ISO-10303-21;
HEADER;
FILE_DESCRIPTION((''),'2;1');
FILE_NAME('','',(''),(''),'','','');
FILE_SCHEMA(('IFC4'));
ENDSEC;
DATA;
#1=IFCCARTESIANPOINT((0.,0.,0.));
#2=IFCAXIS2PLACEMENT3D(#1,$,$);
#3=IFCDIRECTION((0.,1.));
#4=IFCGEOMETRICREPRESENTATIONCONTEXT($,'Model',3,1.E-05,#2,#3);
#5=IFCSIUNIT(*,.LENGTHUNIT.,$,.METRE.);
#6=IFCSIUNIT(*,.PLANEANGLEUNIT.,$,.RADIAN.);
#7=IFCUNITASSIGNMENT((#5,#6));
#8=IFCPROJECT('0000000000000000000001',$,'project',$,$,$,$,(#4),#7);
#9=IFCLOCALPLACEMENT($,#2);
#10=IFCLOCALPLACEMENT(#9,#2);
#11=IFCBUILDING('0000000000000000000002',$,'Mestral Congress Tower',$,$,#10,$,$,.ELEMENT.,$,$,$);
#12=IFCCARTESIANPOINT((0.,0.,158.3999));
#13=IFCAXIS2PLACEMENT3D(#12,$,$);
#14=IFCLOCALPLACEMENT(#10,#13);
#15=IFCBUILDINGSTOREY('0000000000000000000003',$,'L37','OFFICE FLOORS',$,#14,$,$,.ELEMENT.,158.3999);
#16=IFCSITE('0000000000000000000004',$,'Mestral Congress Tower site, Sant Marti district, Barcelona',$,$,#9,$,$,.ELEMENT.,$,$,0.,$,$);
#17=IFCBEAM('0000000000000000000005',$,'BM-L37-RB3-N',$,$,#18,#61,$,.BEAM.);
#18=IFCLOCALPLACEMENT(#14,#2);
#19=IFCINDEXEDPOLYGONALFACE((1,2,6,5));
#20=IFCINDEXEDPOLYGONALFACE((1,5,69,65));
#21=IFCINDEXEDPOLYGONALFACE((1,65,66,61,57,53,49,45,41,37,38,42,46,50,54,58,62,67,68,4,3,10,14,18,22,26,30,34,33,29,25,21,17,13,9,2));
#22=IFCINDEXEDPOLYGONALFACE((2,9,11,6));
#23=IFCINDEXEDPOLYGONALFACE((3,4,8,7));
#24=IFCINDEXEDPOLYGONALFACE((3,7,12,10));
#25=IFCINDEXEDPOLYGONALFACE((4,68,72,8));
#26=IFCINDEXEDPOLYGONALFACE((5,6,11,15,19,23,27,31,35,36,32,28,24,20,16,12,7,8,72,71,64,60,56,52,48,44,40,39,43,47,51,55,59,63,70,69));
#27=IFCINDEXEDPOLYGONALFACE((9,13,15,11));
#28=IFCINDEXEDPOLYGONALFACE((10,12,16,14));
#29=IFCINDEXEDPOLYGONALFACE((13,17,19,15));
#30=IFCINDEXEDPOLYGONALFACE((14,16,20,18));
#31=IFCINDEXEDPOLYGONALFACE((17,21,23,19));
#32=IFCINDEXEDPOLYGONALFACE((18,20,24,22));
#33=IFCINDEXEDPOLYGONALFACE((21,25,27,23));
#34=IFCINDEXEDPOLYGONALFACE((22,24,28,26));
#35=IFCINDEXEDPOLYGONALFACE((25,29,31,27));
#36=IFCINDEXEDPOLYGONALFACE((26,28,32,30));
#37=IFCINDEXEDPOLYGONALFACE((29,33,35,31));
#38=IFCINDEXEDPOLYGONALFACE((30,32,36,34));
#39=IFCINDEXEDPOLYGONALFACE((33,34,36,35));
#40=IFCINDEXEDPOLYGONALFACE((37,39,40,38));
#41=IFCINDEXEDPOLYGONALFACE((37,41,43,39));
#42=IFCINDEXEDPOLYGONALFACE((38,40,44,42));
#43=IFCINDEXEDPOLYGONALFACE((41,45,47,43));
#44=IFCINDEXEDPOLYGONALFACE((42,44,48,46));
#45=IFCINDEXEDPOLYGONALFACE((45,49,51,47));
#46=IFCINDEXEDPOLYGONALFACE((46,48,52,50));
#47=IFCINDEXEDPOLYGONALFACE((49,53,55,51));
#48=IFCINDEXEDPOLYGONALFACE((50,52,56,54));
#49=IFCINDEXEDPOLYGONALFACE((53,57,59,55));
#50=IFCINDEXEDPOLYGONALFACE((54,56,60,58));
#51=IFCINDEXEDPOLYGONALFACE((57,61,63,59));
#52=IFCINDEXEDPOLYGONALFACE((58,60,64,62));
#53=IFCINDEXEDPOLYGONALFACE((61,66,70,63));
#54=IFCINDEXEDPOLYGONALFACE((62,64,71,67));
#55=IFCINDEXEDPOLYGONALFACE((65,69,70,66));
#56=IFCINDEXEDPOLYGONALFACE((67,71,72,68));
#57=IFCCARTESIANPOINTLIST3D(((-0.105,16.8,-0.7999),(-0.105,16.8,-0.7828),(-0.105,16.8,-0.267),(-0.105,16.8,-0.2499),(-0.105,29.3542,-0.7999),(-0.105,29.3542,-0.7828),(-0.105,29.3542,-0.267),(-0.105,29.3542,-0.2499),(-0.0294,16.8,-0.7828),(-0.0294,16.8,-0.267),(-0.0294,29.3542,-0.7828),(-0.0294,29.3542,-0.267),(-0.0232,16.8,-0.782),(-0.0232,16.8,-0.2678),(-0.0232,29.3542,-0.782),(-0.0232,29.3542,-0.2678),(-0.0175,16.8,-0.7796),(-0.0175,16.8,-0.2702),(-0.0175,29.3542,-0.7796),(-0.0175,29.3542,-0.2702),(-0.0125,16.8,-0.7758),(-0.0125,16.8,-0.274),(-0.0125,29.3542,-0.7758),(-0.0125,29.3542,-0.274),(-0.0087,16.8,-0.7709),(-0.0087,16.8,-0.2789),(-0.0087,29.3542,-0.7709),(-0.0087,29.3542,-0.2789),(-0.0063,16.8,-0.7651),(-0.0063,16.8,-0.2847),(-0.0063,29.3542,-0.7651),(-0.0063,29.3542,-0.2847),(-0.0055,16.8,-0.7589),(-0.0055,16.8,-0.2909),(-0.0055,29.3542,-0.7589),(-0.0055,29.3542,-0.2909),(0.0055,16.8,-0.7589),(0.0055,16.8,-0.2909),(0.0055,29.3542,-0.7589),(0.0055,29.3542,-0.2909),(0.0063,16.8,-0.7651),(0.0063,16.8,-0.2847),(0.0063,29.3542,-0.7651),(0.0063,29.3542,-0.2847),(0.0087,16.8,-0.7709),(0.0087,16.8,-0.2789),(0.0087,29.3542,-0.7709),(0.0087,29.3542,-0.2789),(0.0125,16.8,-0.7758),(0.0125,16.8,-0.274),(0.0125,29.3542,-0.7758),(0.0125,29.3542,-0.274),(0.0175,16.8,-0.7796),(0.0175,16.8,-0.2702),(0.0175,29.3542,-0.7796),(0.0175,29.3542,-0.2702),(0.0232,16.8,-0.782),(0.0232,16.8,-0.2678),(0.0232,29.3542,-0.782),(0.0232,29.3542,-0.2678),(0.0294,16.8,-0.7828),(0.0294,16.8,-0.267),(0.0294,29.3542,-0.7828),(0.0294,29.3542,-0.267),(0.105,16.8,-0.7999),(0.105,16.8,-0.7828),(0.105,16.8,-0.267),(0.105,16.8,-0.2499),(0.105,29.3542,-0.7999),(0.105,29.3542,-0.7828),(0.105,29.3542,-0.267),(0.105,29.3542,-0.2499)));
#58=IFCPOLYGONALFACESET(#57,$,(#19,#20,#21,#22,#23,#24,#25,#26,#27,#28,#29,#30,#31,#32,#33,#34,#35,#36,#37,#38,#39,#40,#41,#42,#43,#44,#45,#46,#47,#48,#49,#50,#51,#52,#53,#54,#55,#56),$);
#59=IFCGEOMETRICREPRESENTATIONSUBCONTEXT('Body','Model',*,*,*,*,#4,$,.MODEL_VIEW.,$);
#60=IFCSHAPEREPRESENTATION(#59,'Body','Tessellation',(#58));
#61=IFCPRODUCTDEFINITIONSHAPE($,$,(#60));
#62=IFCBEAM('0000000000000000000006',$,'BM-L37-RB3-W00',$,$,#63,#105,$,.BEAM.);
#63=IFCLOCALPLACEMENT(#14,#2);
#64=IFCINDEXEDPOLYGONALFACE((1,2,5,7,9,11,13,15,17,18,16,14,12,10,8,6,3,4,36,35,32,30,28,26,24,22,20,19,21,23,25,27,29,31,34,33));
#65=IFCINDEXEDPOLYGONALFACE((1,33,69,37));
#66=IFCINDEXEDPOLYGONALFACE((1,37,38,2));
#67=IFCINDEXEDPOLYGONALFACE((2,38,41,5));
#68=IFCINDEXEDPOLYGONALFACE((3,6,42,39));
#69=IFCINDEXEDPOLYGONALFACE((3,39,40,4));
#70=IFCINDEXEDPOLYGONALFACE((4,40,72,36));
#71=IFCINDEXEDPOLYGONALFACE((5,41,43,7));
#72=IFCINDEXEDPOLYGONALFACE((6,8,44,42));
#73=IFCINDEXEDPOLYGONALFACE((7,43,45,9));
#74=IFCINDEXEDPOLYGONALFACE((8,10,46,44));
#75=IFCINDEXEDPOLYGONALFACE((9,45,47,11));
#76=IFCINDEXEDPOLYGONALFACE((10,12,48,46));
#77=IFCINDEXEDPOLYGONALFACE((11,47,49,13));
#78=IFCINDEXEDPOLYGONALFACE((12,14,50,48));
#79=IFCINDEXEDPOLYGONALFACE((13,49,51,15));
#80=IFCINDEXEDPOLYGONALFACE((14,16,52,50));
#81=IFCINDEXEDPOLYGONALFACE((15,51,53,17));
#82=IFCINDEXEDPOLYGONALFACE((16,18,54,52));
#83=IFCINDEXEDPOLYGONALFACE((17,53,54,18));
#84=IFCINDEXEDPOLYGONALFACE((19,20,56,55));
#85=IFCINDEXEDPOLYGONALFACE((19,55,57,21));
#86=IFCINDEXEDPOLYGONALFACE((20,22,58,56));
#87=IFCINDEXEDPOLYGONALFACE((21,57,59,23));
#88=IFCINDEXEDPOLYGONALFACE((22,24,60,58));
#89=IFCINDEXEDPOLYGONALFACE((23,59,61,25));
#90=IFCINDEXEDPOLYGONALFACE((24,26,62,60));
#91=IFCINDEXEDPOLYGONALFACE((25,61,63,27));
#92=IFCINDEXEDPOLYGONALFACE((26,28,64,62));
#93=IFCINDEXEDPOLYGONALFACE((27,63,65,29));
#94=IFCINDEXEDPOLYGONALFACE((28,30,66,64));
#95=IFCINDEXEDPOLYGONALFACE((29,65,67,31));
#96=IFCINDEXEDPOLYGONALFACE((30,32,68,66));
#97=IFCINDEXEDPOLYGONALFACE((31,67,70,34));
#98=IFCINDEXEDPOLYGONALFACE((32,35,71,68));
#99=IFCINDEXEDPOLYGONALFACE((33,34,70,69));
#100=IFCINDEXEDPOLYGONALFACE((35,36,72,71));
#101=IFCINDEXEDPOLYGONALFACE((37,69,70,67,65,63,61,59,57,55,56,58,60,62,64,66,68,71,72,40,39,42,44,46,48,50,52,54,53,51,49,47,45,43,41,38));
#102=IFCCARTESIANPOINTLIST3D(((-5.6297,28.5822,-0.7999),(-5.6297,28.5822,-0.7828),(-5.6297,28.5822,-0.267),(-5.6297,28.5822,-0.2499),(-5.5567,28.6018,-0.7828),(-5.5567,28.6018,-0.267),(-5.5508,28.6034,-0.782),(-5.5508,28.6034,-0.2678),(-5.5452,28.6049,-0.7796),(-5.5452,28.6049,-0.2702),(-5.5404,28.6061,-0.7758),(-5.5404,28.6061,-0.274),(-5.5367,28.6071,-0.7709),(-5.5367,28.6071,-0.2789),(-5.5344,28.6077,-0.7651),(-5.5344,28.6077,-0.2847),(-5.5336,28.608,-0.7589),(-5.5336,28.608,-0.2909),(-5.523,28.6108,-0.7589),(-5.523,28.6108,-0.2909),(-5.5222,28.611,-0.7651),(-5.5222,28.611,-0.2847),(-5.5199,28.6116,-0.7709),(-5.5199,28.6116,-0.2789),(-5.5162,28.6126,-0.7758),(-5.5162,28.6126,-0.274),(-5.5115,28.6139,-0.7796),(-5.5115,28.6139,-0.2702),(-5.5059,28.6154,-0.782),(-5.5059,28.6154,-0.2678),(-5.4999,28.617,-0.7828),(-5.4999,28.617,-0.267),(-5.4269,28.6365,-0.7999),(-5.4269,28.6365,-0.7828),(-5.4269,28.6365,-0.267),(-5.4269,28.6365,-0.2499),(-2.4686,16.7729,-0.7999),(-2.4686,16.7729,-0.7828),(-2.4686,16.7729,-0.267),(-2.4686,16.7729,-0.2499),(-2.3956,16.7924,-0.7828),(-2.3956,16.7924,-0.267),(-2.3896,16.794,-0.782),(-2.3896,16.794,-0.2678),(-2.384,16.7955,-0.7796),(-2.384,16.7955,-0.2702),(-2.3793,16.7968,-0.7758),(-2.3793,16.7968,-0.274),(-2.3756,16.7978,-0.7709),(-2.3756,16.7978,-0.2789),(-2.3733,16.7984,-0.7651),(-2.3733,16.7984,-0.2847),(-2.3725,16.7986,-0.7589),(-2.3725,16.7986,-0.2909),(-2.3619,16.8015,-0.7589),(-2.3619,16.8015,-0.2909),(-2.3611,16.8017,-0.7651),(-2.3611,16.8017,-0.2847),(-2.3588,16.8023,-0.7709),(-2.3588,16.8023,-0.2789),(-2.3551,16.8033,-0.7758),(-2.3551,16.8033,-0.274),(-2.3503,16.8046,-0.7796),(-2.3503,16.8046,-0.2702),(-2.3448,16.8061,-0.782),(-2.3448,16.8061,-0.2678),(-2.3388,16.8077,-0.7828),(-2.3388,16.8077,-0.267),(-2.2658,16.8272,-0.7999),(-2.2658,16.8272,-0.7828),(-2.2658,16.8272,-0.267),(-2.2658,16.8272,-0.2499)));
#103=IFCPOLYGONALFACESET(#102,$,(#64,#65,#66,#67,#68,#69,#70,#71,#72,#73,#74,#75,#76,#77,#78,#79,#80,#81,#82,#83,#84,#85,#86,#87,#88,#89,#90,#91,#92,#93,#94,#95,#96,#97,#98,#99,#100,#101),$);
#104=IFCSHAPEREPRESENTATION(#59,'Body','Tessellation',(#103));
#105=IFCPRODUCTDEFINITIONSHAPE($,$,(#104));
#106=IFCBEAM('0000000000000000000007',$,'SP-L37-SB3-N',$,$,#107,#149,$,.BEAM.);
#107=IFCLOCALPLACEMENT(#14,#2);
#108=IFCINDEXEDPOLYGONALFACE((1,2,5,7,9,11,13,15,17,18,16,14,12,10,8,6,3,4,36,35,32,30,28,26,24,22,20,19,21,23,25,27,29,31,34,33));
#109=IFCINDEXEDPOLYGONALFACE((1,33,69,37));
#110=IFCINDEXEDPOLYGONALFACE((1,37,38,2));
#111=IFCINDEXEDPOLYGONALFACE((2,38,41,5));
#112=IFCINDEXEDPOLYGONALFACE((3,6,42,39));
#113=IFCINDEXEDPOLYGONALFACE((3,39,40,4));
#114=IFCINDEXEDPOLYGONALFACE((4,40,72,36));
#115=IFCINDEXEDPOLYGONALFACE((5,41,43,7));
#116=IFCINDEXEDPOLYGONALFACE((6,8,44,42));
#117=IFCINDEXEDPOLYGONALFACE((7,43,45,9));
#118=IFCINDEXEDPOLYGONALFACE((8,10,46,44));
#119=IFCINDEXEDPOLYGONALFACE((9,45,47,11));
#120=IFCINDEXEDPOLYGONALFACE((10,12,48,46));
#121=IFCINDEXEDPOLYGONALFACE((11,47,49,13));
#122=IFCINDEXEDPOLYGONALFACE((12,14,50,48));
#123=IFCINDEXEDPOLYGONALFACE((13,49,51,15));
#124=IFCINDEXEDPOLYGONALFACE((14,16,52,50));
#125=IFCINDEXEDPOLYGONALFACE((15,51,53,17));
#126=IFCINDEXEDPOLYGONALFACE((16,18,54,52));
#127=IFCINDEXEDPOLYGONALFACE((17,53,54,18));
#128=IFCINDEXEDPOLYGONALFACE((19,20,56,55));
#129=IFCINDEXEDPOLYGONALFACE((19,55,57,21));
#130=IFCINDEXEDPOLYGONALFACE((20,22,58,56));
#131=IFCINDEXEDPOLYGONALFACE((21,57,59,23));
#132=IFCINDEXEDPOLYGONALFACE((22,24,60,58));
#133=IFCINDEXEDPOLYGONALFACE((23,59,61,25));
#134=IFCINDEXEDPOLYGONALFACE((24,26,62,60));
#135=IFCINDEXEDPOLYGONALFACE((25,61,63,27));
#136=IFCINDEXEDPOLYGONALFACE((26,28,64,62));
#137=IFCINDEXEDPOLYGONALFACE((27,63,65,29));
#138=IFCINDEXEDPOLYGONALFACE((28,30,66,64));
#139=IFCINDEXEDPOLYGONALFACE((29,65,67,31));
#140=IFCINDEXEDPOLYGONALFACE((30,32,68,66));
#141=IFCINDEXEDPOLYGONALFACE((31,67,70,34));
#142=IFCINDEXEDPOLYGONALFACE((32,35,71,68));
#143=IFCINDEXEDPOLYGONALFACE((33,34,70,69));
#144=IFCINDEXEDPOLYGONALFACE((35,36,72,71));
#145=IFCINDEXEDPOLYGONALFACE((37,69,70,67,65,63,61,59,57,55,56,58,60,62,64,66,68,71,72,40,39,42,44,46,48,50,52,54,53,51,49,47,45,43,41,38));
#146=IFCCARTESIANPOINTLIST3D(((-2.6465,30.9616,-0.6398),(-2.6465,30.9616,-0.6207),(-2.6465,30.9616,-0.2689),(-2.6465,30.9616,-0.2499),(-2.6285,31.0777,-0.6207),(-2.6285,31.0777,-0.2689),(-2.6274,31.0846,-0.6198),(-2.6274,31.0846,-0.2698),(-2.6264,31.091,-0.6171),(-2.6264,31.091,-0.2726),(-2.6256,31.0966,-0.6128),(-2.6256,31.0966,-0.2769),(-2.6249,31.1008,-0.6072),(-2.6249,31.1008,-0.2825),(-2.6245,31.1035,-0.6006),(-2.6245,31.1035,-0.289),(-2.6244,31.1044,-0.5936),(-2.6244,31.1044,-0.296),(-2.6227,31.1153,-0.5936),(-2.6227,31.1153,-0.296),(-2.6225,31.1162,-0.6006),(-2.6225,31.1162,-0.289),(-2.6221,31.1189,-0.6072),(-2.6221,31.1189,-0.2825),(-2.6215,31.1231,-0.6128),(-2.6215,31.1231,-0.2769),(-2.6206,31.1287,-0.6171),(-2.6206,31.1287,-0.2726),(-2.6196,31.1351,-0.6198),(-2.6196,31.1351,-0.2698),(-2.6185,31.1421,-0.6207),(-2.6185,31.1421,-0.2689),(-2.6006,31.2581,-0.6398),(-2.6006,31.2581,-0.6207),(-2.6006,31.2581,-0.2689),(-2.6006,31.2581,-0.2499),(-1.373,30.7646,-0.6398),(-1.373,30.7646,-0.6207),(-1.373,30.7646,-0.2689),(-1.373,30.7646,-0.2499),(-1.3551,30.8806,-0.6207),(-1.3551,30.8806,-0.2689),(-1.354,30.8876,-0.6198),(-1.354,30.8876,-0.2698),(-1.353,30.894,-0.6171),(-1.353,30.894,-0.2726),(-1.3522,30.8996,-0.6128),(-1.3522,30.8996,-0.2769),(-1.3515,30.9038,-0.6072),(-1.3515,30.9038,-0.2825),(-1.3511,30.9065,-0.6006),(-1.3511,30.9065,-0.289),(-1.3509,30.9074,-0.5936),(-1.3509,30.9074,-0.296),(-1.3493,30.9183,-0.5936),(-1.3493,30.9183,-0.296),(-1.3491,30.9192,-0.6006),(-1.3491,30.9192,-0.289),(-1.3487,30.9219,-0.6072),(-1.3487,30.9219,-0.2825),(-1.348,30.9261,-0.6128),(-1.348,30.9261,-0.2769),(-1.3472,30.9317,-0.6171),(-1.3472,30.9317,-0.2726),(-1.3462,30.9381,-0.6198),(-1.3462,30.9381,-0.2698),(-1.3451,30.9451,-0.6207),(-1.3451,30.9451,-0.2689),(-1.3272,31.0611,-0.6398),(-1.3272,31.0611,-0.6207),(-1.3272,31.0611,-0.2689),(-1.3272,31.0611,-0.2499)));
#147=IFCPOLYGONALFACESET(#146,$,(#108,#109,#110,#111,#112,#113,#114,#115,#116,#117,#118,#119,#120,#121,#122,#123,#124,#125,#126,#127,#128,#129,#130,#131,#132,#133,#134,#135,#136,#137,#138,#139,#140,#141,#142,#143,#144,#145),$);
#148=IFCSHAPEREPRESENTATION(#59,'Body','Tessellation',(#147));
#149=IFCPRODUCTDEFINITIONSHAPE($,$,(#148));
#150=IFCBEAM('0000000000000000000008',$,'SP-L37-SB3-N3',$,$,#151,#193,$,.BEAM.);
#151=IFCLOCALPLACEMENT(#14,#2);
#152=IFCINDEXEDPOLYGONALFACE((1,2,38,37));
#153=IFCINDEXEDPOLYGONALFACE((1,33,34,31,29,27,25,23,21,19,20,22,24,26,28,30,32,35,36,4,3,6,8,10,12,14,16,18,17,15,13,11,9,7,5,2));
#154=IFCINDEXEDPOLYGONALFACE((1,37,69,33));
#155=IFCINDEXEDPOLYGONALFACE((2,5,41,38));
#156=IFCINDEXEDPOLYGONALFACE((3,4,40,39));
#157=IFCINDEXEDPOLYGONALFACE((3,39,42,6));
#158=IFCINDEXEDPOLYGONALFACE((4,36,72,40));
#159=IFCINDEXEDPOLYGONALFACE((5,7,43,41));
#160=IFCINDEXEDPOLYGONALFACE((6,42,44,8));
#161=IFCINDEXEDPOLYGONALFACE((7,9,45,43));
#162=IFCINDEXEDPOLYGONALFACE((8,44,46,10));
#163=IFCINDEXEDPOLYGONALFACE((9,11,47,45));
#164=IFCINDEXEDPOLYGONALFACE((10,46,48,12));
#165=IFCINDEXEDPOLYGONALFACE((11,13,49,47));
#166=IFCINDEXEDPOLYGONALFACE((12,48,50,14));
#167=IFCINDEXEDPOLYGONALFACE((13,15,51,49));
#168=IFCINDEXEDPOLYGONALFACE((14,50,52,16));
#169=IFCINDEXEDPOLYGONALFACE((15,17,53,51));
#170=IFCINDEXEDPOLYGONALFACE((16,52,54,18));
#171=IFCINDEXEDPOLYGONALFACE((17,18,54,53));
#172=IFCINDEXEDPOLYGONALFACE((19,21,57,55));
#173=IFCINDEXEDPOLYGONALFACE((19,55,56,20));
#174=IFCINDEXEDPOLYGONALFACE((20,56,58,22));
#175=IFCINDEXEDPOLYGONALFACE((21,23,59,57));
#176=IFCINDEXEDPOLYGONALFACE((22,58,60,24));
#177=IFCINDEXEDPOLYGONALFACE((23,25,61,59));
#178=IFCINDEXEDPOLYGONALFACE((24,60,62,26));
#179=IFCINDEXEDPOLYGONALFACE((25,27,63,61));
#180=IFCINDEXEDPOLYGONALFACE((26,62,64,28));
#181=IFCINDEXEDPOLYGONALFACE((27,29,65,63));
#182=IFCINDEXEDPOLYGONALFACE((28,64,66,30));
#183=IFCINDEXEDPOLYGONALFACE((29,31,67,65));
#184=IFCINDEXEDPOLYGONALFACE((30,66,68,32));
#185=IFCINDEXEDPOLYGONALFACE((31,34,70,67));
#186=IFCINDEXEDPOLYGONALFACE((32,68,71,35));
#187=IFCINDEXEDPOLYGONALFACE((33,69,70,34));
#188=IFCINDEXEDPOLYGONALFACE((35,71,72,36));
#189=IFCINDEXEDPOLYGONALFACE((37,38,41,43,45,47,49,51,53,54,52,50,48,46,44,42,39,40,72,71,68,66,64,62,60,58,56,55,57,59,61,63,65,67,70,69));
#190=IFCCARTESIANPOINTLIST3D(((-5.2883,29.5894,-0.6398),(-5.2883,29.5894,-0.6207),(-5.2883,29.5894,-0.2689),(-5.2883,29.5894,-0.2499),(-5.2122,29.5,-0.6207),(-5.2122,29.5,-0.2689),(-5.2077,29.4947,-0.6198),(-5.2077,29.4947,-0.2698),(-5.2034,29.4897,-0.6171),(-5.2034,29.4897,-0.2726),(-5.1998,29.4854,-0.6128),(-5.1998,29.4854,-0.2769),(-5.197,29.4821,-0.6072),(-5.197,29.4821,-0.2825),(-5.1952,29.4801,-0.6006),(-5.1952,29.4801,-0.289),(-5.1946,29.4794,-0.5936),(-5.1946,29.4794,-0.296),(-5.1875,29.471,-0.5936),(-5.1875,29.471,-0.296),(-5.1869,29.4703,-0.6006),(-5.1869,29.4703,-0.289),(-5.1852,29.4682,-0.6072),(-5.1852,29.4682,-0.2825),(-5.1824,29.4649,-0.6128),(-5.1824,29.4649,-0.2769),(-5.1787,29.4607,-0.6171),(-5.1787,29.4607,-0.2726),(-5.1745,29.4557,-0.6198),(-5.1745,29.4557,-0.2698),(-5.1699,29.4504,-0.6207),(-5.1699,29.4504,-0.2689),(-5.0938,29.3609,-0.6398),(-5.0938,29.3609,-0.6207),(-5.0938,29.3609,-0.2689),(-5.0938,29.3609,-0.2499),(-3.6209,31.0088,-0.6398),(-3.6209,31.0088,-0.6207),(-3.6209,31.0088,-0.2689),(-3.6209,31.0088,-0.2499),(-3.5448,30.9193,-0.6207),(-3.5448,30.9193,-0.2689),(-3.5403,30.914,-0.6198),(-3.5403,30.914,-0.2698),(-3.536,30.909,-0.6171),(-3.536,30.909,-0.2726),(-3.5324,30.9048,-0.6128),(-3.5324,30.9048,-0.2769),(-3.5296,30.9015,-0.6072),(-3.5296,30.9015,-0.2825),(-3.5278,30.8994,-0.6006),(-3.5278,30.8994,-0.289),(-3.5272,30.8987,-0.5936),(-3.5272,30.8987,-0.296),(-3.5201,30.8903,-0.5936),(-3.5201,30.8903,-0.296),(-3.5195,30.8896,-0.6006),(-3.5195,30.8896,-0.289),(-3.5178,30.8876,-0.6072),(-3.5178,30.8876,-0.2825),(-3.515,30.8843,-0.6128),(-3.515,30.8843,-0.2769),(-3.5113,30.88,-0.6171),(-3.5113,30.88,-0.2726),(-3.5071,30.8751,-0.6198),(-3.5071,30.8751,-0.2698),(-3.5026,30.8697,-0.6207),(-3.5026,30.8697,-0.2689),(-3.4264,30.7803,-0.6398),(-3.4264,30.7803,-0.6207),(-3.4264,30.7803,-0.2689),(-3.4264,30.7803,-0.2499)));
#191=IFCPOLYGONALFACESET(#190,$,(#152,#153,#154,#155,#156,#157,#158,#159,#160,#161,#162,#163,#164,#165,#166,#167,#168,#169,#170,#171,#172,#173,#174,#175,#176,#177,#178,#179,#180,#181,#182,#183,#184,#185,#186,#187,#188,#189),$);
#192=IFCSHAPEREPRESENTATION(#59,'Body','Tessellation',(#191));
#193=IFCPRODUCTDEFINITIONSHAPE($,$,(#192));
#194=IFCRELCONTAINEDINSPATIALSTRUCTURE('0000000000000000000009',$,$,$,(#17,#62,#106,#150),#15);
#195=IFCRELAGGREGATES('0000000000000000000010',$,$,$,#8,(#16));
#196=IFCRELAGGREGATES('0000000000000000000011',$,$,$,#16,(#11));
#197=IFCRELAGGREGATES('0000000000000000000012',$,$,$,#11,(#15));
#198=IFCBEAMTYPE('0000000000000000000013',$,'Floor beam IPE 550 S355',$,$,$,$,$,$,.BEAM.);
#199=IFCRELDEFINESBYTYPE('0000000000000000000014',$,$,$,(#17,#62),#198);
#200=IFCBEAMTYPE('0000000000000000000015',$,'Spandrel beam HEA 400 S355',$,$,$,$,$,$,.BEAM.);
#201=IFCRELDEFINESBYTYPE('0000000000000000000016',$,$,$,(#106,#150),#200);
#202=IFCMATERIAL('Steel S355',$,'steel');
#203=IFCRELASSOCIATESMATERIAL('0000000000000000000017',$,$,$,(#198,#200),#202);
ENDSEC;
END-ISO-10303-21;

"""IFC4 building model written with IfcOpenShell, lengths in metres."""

from ifc_helpers import new_model, si_unit, direction, frame, origin, origin_2d, place, context, subcontext, project, spatial, i_section, extrude, material, material_profile, profile_set, type_object, element, save


model = new_model("IFC4")

# Units and contexts
model_context = context("Model", 3, precision=1e-05, world=origin(), true_north=direction((0.0, 1.0)))
body_context = subcontext(model_context, "Body", "Model", "MODEL_VIEW")
ifc_project = project(units=[si_unit("LENGTHUNIT", "METRE"), si_unit("PLANEANGLEUNIT", "RADIAN")], contexts=[model_context])

# Site, building, storey
site_placement = place(None, origin())
site = spatial("IfcSite", under=ifc_project, at=site_placement, Name="Mestral Congress Tower site, Sant Marti district, Barcelona", CompositionType="ELEMENT", RefElevation=0.0)
building_placement = place(site_placement, origin())
building = spatial("IfcBuilding", under=site, at=building_placement, Name="Mestral Congress Tower", CompositionType="ELEMENT")
storey_placement = place(building_placement, frame((0.0, 0.0, 158.3999)))
storey = spatial("IfcBuildingStorey", under=building, at=storey_placement, Name="L37", Description="OFFICE FLOORS", CompositionType="ELEMENT", Elevation=158.3999)

# Beams
ifc_material_1 = material(Name="Steel S355", Category="steel")
ifc_material_profile_1 = material_profile(ifc_material_1, i_section(OverallWidth=0.21, OverallDepth=0.55, WebThickness=0.011, FlangeThickness=0.0171, FilletRadius=0.0239, at=origin_2d()), Name="IPE 550")
ifc_profile_set_1 = profile_set([ifc_material_profile_1], Name="Steel S355")
beam_type_1 = type_object("IfcBeamType", Name="Floor beam IPE 550 S355", PredefinedType="BEAM", material=ifc_profile_set_1)
beam_1_placement = place(storey_placement, frame((0.0, 29.3542, -0.5249), z_axis=(0.0, -1.0, 0.0), x_axis=(1.0, 0.0, 0.0)))
element("IfcBeam", 1, at=beam_1_placement, inside=storey, type_object=beam_type_1, Name="BM-L37-RB3-N", PredefinedType="BEAM", context=body_context, shape_type="SweptSolid", body=[
    extrude(i_section(OverallWidth=0.21, OverallDepth=0.55, WebThickness=0.011, FlangeThickness=0.0171, FilletRadius=0.0239, at=origin_2d()), origin(), (0.0, 0.0, 1.0), 12.5542),
])
beam_2_placement = place(storey_placement, frame((-5.5283, 28.6094, -0.5249), z_axis=(0.258577, -0.965991, 0.0), x_axis=(0.965991, 0.258577, 0.0)))
element("IfcBeam", 2, at=beam_2_placement, inside=storey, type_object=beam_type_1, Name="BM-L37-RB3-W00", PredefinedType="BEAM", context=body_context, shape_type="SweptSolid", body=[
    extrude(i_section(OverallWidth=0.21, OverallDepth=0.55, WebThickness=0.011, FlangeThickness=0.0171, FilletRadius=0.0239, at=origin_2d()), origin(), (0.0, 0.0, 1.0), 12.2251),
])
ifc_material_profile_2 = material_profile(ifc_material_1, i_section(OverallWidth=0.3, OverallDepth=0.3899, WebThickness=0.011, FlangeThickness=0.019, FilletRadius=0.0271, at=origin_2d()), Name="HEA 400")
ifc_profile_set_2 = profile_set([ifc_material_profile_2], Name="Steel S355")
beam_type_2 = type_object("IfcBeamType", Name="Spandrel beam HEA 400 S355", PredefinedType="BEAM", material=ifc_profile_set_2)
beam_3_placement = place(storey_placement, frame((-1.3501, 30.9128, -0.4448), z_axis=(-0.988242, 0.152897, 0.0), x_axis=(-0.152897, -0.988242, 0.0)))
element("IfcBeam", 3, at=beam_3_placement, inside=storey, type_object=beam_type_2, Name="SP-L37-SB3-N", PredefinedType="BEAM", context=body_context, shape_type="SweptSolid", body=[
    extrude(i_section(OverallWidth=0.3, OverallDepth=0.3899, WebThickness=0.011, FlangeThickness=0.019, FilletRadius=0.0271, at=origin_2d()), origin(), (0.0, 0.0, 1.0), 1.2886),
])
beam_4_placement = place(storey_placement, frame((-3.5237, 30.8945, -0.4448), z_axis=(-0.761471, -0.648198, 0.0), x_axis=(0.648198, -0.761471, 0.0)))
element("IfcBeam", 4, at=beam_4_placement, inside=storey, type_object=beam_type_2, Name="SP-L37-SB3-N3", PredefinedType="BEAM", context=body_context, shape_type="SweptSolid", body=[
    extrude(i_section(OverallWidth=0.3, OverallDepth=0.3899, WebThickness=0.011, FlangeThickness=0.019, FilletRadius=0.0271, at=origin_2d()), origin(), (0.0, 0.0, 1.0), 2.1897),
])

save(model, "model.ifc")
